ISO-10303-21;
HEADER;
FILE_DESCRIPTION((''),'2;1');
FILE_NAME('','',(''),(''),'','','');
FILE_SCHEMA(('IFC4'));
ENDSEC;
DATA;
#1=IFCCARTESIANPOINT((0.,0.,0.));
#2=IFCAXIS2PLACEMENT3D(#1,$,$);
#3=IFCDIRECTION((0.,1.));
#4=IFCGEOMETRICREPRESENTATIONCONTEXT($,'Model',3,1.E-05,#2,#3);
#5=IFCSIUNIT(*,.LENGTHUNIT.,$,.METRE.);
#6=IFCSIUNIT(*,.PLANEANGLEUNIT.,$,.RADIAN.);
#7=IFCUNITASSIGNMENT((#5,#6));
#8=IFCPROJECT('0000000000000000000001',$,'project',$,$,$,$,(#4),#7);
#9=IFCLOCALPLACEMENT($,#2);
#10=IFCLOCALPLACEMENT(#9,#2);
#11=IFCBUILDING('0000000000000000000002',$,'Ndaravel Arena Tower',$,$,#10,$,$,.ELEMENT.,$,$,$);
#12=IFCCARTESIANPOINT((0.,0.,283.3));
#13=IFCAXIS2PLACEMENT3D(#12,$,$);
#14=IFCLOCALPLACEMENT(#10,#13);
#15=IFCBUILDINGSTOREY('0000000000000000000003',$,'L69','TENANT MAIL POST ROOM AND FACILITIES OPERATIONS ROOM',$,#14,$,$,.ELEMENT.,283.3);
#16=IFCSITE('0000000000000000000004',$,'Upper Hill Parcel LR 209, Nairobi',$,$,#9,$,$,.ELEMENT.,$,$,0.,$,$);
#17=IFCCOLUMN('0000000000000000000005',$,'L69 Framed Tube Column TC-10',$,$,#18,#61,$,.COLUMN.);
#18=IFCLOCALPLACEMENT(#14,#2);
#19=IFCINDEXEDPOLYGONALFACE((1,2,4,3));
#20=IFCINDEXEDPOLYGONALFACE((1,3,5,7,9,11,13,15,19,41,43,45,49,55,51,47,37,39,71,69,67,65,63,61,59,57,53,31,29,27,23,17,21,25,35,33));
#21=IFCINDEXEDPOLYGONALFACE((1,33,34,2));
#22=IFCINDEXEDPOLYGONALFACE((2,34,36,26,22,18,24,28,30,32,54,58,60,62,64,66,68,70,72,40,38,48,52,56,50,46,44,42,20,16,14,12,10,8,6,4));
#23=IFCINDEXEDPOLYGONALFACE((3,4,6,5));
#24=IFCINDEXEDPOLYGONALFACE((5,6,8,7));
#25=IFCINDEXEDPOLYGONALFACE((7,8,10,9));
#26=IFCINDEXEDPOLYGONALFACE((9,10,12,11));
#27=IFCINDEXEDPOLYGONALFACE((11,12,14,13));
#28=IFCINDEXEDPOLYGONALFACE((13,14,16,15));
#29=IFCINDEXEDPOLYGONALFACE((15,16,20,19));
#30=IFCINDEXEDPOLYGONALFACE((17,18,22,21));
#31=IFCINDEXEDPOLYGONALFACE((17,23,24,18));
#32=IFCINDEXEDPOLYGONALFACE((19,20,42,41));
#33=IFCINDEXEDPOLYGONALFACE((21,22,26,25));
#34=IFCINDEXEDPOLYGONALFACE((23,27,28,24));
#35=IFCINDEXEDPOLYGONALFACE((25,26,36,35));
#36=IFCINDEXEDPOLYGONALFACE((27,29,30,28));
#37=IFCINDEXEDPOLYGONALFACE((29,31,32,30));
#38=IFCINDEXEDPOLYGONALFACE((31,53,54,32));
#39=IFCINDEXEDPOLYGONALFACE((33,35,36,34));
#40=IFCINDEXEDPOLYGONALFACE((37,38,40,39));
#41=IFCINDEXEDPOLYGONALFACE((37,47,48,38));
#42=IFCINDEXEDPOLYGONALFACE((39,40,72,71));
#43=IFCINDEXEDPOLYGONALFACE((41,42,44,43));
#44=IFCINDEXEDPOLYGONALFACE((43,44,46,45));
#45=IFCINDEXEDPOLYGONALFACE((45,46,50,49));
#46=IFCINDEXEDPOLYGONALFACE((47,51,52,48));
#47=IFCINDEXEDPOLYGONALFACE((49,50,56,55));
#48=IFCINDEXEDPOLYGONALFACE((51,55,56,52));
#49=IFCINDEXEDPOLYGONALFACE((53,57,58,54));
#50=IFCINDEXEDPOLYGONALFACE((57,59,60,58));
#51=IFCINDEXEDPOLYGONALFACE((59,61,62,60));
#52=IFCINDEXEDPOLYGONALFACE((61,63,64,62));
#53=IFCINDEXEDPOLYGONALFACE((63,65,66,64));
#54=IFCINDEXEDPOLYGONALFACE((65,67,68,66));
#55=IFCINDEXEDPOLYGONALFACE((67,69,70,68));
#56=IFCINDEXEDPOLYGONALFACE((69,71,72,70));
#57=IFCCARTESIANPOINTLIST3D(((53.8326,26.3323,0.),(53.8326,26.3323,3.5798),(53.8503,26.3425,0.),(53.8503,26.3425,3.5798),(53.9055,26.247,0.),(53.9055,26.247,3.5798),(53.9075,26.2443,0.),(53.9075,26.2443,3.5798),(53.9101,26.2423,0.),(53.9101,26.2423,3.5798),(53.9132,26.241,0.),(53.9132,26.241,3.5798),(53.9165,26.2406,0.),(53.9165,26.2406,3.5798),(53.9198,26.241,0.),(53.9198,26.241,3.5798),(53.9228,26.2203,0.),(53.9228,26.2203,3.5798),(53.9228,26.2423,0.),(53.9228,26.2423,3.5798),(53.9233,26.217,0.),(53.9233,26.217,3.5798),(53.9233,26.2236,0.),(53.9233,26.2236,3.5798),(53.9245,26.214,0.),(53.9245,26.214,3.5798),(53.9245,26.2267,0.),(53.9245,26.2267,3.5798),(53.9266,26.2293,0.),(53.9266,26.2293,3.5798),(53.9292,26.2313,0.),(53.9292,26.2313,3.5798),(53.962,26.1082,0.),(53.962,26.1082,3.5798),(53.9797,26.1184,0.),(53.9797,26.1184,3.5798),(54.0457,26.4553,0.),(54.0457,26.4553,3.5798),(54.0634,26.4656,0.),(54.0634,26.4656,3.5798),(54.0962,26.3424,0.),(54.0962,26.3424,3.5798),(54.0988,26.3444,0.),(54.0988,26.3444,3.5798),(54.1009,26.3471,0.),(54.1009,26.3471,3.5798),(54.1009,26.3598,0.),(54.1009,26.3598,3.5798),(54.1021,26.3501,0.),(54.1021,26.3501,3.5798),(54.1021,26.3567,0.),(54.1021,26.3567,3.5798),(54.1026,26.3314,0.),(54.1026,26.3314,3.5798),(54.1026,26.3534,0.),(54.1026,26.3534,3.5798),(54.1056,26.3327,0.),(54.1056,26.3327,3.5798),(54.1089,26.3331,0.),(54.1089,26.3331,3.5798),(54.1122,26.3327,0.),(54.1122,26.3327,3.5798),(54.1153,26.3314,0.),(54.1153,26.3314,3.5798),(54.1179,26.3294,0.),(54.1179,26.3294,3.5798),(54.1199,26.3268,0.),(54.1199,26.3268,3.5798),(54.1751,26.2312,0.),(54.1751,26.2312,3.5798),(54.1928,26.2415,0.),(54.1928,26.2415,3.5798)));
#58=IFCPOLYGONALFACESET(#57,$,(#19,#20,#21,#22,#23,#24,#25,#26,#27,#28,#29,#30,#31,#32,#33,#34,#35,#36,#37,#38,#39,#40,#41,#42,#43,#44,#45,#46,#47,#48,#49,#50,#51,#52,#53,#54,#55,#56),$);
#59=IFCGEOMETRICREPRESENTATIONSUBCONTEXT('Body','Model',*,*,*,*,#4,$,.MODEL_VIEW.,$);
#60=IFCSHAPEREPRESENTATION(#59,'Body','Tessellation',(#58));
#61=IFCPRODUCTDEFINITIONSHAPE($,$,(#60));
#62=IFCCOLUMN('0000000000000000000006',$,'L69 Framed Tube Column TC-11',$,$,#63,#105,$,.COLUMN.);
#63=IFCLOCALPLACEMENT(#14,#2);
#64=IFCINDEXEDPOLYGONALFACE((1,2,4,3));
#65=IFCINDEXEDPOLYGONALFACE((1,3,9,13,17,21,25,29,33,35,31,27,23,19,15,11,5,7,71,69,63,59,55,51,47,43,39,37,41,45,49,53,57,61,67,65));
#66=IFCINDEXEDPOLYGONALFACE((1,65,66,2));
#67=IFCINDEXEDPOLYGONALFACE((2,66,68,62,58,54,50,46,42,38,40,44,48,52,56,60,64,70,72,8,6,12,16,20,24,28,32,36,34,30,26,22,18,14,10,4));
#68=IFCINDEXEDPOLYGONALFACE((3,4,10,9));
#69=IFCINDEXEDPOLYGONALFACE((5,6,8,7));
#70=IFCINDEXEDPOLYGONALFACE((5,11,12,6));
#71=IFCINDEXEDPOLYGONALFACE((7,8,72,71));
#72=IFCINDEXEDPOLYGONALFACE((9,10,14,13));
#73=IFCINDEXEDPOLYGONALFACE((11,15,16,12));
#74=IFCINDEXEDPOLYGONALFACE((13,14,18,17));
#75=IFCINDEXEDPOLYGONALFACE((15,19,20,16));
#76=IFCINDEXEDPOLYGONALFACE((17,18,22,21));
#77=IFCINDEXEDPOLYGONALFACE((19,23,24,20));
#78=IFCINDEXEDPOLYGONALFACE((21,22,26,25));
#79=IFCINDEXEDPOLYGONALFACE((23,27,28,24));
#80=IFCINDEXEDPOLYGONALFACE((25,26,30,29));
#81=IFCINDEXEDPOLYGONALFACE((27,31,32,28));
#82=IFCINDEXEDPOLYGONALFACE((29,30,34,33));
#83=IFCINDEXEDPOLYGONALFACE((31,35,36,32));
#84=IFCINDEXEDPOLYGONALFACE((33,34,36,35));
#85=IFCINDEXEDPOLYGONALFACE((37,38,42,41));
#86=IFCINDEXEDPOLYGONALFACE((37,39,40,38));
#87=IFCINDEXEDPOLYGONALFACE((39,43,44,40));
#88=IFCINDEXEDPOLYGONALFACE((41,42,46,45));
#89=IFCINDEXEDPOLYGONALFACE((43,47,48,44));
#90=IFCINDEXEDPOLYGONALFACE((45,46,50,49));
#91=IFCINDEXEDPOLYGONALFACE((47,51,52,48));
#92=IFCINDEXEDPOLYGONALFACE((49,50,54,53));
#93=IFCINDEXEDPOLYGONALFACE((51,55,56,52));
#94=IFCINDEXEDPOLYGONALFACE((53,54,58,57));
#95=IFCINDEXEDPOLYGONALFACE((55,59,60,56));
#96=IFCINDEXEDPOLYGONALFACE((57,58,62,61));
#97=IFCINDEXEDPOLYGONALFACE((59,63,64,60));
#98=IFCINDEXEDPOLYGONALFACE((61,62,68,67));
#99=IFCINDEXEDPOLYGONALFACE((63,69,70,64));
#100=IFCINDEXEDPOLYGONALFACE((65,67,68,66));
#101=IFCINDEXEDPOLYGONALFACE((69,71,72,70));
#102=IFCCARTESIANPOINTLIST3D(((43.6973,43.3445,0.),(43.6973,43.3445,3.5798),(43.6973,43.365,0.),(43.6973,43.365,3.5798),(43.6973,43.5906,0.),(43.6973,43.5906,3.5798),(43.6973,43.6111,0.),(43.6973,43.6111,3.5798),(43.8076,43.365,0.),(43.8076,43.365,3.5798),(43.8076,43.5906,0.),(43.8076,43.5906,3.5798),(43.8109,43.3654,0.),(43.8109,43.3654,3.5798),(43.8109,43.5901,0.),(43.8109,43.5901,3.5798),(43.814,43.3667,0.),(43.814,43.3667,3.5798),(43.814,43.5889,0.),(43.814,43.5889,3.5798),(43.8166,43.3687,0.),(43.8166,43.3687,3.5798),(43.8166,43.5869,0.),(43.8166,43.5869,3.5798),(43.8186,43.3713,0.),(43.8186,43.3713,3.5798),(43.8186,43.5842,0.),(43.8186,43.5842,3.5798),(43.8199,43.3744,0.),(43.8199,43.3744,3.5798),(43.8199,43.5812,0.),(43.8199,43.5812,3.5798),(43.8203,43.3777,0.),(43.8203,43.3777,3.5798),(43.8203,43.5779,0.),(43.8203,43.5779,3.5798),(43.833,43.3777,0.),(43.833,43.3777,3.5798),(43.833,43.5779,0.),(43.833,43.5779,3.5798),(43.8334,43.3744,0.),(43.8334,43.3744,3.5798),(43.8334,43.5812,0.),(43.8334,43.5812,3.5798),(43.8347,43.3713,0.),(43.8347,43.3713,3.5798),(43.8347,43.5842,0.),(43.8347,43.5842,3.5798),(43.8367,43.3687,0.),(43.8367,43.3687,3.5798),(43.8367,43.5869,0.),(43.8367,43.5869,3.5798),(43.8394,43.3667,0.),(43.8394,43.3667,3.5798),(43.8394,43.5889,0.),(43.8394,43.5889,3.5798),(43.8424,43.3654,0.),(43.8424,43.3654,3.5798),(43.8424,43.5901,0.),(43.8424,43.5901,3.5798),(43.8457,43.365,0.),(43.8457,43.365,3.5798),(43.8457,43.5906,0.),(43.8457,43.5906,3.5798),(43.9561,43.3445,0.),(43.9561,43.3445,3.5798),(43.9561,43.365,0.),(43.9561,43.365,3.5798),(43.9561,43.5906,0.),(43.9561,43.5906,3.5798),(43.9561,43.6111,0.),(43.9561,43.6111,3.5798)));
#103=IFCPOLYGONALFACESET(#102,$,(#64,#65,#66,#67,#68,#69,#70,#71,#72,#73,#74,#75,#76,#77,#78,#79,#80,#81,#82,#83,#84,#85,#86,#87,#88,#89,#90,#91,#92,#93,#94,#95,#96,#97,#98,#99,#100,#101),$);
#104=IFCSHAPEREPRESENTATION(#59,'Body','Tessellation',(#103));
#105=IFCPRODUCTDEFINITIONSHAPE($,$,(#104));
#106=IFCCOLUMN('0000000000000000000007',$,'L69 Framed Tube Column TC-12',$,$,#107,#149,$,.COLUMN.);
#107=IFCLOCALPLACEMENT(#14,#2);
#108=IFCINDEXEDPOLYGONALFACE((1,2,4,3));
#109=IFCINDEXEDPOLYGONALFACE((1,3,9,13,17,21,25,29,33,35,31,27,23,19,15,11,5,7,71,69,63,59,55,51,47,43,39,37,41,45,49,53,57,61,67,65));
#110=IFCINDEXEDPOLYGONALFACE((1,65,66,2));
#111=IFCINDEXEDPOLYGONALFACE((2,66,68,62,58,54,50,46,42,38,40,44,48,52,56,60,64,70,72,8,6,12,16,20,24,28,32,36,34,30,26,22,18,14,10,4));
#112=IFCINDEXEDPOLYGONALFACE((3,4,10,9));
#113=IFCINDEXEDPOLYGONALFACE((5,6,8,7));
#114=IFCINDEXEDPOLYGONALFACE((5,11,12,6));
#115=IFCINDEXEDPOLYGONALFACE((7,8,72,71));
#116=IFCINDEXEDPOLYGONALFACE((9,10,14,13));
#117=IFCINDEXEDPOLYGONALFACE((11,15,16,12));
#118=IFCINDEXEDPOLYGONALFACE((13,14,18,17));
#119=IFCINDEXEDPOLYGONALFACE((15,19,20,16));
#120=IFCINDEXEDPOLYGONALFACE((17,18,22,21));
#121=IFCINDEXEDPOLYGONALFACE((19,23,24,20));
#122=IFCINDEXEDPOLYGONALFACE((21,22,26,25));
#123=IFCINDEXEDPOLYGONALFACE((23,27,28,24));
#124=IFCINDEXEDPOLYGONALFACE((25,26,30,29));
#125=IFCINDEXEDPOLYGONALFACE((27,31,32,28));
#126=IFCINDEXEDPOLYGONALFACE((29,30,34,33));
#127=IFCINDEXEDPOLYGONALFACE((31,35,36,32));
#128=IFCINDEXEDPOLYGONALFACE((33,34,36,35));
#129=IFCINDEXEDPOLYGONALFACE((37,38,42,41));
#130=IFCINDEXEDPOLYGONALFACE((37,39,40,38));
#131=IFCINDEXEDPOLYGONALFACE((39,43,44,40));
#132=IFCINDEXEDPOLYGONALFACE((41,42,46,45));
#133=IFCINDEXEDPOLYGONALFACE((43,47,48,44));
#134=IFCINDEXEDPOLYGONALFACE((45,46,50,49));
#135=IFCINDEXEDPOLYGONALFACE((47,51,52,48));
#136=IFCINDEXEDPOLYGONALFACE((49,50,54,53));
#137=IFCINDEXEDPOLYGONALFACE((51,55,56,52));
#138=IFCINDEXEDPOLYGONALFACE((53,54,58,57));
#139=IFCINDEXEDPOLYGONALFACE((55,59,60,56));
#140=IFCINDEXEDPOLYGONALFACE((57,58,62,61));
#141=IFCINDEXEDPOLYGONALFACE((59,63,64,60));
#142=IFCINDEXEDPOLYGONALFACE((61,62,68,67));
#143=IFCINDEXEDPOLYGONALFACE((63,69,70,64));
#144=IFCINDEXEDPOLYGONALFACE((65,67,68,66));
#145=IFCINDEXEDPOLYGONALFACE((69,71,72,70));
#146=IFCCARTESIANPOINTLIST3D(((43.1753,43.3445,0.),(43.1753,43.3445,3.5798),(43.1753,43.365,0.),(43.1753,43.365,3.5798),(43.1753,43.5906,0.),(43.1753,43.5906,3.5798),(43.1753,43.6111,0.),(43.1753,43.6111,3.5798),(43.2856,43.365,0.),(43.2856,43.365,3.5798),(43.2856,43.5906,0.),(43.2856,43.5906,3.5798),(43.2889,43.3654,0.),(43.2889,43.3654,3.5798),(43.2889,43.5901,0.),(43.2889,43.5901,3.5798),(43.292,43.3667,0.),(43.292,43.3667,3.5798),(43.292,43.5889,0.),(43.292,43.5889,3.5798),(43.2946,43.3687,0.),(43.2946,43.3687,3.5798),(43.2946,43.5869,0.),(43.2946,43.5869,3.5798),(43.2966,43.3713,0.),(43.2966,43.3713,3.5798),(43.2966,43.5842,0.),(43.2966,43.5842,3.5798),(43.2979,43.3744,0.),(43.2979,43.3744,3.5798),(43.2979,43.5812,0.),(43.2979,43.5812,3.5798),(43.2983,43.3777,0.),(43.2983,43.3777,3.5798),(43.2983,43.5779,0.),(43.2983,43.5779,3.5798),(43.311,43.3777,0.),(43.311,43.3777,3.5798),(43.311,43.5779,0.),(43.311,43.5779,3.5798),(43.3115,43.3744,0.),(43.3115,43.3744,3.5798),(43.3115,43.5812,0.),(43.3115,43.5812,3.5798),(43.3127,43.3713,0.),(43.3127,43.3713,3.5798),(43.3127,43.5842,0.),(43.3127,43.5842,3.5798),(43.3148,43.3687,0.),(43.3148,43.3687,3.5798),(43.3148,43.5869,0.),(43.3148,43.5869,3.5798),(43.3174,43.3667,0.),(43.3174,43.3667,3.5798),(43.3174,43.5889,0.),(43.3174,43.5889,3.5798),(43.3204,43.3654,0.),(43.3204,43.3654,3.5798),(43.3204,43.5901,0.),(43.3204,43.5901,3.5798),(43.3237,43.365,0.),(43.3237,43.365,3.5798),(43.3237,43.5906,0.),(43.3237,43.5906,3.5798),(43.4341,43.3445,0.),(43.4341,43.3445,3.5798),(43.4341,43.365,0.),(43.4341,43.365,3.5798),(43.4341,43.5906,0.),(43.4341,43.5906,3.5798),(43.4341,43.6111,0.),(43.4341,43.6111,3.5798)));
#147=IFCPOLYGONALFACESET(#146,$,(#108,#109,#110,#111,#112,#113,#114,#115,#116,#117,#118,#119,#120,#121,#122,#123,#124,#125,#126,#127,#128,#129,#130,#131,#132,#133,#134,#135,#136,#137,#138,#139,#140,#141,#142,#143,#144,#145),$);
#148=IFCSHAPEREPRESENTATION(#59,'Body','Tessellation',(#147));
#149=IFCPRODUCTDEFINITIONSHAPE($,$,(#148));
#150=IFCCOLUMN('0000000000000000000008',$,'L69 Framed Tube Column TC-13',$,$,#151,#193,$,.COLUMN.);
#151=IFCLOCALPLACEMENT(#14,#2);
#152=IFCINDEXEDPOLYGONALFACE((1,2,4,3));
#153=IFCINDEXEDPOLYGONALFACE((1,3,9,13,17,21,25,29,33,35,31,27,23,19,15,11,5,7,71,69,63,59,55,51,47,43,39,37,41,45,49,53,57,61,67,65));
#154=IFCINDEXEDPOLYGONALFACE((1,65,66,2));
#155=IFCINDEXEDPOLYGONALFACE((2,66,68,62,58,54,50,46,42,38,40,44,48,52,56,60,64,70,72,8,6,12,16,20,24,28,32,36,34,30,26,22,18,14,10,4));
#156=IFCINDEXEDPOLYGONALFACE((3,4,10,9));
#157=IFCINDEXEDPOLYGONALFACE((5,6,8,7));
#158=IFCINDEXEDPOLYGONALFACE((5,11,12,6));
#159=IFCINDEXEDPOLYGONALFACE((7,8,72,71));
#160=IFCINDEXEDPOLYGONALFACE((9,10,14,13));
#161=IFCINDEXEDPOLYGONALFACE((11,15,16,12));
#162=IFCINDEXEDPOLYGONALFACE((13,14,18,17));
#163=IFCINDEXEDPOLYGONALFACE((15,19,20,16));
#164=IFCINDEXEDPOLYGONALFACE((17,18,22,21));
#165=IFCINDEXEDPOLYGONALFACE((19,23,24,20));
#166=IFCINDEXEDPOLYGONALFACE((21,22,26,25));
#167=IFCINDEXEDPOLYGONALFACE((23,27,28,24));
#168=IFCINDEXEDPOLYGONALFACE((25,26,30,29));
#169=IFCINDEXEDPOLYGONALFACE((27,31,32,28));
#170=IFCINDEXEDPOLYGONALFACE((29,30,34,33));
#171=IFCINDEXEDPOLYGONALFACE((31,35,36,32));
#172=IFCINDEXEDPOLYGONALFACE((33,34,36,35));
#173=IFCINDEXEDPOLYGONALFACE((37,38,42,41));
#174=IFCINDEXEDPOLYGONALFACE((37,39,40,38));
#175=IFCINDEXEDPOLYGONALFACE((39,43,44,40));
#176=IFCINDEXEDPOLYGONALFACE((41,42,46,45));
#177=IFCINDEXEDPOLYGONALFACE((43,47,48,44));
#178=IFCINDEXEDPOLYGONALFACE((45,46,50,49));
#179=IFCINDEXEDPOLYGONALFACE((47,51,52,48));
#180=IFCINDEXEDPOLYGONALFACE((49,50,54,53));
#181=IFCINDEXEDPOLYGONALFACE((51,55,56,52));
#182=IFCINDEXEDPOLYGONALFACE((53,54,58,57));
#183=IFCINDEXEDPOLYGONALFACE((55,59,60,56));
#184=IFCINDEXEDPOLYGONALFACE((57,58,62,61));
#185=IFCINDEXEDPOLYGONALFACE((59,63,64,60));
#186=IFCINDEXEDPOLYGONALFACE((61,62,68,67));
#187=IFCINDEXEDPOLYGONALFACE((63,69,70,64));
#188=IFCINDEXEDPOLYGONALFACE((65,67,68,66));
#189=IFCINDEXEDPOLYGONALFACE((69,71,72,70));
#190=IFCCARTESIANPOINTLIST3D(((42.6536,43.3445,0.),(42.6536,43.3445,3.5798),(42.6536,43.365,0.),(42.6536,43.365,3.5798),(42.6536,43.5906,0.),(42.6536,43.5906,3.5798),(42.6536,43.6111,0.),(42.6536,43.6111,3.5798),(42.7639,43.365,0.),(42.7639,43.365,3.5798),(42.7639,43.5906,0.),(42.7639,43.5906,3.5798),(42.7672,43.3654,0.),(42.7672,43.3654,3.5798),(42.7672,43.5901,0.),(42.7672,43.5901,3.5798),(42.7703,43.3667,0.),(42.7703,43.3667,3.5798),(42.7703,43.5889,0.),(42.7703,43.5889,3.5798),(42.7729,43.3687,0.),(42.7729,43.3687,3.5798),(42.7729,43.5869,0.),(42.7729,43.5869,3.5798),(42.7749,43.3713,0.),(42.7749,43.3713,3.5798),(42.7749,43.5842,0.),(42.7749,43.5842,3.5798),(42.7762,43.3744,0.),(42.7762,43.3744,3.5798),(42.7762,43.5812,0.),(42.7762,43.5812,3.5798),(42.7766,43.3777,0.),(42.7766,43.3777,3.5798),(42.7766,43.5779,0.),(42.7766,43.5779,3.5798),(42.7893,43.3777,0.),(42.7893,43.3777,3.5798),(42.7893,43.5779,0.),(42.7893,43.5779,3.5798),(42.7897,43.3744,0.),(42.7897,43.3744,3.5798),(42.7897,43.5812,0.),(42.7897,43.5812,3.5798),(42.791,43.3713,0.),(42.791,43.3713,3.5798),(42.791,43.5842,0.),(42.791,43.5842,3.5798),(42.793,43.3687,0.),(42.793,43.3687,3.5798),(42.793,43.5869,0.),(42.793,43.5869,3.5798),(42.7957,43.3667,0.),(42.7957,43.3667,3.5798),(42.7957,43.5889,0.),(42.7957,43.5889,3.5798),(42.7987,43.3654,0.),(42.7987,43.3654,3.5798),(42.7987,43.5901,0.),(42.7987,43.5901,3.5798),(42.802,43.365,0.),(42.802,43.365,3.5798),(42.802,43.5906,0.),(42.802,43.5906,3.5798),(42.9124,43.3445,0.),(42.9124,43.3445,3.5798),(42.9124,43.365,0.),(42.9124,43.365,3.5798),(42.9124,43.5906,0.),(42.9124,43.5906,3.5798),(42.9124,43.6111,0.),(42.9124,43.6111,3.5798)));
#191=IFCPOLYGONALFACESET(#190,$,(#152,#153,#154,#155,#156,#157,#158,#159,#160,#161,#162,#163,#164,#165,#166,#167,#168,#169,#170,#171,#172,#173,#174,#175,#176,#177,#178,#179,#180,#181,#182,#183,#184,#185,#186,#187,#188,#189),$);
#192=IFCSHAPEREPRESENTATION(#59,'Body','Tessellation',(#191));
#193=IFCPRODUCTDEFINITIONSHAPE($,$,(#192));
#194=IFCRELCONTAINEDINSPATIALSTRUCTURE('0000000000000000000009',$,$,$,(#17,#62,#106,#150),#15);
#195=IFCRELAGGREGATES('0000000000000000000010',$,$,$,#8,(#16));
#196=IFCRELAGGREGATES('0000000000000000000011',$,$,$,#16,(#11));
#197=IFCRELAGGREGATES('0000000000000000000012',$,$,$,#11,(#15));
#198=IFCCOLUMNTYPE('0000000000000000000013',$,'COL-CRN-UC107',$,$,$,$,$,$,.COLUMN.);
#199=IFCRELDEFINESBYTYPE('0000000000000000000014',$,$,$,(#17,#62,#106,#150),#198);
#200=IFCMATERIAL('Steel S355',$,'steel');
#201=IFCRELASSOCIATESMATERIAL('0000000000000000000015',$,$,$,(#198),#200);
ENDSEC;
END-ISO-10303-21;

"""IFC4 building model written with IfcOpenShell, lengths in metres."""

from ifc_helpers import new_model, si_unit, direction, frame, origin, origin_2d, place, context, subcontext, project, spatial, i_section, extrude, material, material_profile, profile_set, type_object, element, save


model = new_model("IFC4")

# Units and contexts
model_context = context("Model", 3, precision=1e-05, world=origin(), true_north=direction((0.0, 1.0)))
body_context = subcontext(model_context, "Body", "Model", "MODEL_VIEW")
ifc_project = project(units=[si_unit("LENGTHUNIT", "METRE"), si_unit("PLANEANGLEUNIT", "RADIAN")], contexts=[model_context])

# Site, building, storey
site_placement = place(None, origin())
site = spatial("IfcSite", under=ifc_project, at=site_placement, Name="Upper Hill Parcel LR 209, Nairobi", CompositionType="ELEMENT", RefElevation=0.0)
building_placement = place(site_placement, origin())
building = spatial("IfcBuilding", under=site, at=building_placement, Name="Ndaravel Arena Tower", CompositionType="ELEMENT")
storey_placement = place(building_placement, frame((0.0, 0.0, 283.3)))
storey = spatial("IfcBuildingStorey", under=building, at=storey_placement, Name="L69", Description="TENANT MAIL POST ROOM AND FACILITIES OPERATIONS ROOM", CompositionType="ELEMENT", Elevation=283.3)

# Columns
ifc_material_1 = material(Name="Steel S355", Category="steel")
ifc_material_profile_1 = material_profile(ifc_material_1, i_section(OverallWidth=0.2588, OverallDepth=0.2666, WebThickness=0.0127, FlangeThickness=0.0205, FilletRadius=0.0127, at=origin_2d()), Name="UC 254x254x107")
ifc_profile_set_1 = profile_set([ifc_material_profile_1], Name="Steel S355")
column_type = type_object("IfcColumnType", Name="COL-CRN-UC107", PredefinedType="COLUMN", material=ifc_profile_set_1)
for number, where, z_axis, x_axis, name in (
    (1, (54.0127, 26.2869, 0.0), (0.0, 0.0, 1.0), (-0.5, 0.866025, 0.0), "L69 Framed Tube Column TC-10"),
    (2, (43.8267, 43.4778, 0.0), (0.0, 0.0, 1.0), (1.0, 0.0, 0.0), "L69 Framed Tube Column TC-11"),
    (3, (43.3047, 43.4778, 0.0), (0.0, 0.0, 1.0), (1.0, 0.0, 0.0), "L69 Framed Tube Column TC-12"),
    (4, (42.783, 43.4778, 0.0), (0.0, 0.0, 1.0), (1.0, 0.0, 0.0), "L69 Framed Tube Column TC-13"),
):
    element("IfcColumn", number, at=place(storey_placement, frame(where, z_axis=z_axis, x_axis=x_axis)), inside=storey, type_object=column_type, Name=name, PredefinedType="COLUMN", context=body_context, shape_type="SweptSolid", body=[
        extrude(i_section(OverallWidth=0.2588, OverallDepth=0.2666, WebThickness=0.0127, FlangeThickness=0.0205, FilletRadius=0.0127, at=origin_2d()), origin(), (0.0, 0.0, 1.0), 3.5798),
    ])

save(model, "model.ifc")
